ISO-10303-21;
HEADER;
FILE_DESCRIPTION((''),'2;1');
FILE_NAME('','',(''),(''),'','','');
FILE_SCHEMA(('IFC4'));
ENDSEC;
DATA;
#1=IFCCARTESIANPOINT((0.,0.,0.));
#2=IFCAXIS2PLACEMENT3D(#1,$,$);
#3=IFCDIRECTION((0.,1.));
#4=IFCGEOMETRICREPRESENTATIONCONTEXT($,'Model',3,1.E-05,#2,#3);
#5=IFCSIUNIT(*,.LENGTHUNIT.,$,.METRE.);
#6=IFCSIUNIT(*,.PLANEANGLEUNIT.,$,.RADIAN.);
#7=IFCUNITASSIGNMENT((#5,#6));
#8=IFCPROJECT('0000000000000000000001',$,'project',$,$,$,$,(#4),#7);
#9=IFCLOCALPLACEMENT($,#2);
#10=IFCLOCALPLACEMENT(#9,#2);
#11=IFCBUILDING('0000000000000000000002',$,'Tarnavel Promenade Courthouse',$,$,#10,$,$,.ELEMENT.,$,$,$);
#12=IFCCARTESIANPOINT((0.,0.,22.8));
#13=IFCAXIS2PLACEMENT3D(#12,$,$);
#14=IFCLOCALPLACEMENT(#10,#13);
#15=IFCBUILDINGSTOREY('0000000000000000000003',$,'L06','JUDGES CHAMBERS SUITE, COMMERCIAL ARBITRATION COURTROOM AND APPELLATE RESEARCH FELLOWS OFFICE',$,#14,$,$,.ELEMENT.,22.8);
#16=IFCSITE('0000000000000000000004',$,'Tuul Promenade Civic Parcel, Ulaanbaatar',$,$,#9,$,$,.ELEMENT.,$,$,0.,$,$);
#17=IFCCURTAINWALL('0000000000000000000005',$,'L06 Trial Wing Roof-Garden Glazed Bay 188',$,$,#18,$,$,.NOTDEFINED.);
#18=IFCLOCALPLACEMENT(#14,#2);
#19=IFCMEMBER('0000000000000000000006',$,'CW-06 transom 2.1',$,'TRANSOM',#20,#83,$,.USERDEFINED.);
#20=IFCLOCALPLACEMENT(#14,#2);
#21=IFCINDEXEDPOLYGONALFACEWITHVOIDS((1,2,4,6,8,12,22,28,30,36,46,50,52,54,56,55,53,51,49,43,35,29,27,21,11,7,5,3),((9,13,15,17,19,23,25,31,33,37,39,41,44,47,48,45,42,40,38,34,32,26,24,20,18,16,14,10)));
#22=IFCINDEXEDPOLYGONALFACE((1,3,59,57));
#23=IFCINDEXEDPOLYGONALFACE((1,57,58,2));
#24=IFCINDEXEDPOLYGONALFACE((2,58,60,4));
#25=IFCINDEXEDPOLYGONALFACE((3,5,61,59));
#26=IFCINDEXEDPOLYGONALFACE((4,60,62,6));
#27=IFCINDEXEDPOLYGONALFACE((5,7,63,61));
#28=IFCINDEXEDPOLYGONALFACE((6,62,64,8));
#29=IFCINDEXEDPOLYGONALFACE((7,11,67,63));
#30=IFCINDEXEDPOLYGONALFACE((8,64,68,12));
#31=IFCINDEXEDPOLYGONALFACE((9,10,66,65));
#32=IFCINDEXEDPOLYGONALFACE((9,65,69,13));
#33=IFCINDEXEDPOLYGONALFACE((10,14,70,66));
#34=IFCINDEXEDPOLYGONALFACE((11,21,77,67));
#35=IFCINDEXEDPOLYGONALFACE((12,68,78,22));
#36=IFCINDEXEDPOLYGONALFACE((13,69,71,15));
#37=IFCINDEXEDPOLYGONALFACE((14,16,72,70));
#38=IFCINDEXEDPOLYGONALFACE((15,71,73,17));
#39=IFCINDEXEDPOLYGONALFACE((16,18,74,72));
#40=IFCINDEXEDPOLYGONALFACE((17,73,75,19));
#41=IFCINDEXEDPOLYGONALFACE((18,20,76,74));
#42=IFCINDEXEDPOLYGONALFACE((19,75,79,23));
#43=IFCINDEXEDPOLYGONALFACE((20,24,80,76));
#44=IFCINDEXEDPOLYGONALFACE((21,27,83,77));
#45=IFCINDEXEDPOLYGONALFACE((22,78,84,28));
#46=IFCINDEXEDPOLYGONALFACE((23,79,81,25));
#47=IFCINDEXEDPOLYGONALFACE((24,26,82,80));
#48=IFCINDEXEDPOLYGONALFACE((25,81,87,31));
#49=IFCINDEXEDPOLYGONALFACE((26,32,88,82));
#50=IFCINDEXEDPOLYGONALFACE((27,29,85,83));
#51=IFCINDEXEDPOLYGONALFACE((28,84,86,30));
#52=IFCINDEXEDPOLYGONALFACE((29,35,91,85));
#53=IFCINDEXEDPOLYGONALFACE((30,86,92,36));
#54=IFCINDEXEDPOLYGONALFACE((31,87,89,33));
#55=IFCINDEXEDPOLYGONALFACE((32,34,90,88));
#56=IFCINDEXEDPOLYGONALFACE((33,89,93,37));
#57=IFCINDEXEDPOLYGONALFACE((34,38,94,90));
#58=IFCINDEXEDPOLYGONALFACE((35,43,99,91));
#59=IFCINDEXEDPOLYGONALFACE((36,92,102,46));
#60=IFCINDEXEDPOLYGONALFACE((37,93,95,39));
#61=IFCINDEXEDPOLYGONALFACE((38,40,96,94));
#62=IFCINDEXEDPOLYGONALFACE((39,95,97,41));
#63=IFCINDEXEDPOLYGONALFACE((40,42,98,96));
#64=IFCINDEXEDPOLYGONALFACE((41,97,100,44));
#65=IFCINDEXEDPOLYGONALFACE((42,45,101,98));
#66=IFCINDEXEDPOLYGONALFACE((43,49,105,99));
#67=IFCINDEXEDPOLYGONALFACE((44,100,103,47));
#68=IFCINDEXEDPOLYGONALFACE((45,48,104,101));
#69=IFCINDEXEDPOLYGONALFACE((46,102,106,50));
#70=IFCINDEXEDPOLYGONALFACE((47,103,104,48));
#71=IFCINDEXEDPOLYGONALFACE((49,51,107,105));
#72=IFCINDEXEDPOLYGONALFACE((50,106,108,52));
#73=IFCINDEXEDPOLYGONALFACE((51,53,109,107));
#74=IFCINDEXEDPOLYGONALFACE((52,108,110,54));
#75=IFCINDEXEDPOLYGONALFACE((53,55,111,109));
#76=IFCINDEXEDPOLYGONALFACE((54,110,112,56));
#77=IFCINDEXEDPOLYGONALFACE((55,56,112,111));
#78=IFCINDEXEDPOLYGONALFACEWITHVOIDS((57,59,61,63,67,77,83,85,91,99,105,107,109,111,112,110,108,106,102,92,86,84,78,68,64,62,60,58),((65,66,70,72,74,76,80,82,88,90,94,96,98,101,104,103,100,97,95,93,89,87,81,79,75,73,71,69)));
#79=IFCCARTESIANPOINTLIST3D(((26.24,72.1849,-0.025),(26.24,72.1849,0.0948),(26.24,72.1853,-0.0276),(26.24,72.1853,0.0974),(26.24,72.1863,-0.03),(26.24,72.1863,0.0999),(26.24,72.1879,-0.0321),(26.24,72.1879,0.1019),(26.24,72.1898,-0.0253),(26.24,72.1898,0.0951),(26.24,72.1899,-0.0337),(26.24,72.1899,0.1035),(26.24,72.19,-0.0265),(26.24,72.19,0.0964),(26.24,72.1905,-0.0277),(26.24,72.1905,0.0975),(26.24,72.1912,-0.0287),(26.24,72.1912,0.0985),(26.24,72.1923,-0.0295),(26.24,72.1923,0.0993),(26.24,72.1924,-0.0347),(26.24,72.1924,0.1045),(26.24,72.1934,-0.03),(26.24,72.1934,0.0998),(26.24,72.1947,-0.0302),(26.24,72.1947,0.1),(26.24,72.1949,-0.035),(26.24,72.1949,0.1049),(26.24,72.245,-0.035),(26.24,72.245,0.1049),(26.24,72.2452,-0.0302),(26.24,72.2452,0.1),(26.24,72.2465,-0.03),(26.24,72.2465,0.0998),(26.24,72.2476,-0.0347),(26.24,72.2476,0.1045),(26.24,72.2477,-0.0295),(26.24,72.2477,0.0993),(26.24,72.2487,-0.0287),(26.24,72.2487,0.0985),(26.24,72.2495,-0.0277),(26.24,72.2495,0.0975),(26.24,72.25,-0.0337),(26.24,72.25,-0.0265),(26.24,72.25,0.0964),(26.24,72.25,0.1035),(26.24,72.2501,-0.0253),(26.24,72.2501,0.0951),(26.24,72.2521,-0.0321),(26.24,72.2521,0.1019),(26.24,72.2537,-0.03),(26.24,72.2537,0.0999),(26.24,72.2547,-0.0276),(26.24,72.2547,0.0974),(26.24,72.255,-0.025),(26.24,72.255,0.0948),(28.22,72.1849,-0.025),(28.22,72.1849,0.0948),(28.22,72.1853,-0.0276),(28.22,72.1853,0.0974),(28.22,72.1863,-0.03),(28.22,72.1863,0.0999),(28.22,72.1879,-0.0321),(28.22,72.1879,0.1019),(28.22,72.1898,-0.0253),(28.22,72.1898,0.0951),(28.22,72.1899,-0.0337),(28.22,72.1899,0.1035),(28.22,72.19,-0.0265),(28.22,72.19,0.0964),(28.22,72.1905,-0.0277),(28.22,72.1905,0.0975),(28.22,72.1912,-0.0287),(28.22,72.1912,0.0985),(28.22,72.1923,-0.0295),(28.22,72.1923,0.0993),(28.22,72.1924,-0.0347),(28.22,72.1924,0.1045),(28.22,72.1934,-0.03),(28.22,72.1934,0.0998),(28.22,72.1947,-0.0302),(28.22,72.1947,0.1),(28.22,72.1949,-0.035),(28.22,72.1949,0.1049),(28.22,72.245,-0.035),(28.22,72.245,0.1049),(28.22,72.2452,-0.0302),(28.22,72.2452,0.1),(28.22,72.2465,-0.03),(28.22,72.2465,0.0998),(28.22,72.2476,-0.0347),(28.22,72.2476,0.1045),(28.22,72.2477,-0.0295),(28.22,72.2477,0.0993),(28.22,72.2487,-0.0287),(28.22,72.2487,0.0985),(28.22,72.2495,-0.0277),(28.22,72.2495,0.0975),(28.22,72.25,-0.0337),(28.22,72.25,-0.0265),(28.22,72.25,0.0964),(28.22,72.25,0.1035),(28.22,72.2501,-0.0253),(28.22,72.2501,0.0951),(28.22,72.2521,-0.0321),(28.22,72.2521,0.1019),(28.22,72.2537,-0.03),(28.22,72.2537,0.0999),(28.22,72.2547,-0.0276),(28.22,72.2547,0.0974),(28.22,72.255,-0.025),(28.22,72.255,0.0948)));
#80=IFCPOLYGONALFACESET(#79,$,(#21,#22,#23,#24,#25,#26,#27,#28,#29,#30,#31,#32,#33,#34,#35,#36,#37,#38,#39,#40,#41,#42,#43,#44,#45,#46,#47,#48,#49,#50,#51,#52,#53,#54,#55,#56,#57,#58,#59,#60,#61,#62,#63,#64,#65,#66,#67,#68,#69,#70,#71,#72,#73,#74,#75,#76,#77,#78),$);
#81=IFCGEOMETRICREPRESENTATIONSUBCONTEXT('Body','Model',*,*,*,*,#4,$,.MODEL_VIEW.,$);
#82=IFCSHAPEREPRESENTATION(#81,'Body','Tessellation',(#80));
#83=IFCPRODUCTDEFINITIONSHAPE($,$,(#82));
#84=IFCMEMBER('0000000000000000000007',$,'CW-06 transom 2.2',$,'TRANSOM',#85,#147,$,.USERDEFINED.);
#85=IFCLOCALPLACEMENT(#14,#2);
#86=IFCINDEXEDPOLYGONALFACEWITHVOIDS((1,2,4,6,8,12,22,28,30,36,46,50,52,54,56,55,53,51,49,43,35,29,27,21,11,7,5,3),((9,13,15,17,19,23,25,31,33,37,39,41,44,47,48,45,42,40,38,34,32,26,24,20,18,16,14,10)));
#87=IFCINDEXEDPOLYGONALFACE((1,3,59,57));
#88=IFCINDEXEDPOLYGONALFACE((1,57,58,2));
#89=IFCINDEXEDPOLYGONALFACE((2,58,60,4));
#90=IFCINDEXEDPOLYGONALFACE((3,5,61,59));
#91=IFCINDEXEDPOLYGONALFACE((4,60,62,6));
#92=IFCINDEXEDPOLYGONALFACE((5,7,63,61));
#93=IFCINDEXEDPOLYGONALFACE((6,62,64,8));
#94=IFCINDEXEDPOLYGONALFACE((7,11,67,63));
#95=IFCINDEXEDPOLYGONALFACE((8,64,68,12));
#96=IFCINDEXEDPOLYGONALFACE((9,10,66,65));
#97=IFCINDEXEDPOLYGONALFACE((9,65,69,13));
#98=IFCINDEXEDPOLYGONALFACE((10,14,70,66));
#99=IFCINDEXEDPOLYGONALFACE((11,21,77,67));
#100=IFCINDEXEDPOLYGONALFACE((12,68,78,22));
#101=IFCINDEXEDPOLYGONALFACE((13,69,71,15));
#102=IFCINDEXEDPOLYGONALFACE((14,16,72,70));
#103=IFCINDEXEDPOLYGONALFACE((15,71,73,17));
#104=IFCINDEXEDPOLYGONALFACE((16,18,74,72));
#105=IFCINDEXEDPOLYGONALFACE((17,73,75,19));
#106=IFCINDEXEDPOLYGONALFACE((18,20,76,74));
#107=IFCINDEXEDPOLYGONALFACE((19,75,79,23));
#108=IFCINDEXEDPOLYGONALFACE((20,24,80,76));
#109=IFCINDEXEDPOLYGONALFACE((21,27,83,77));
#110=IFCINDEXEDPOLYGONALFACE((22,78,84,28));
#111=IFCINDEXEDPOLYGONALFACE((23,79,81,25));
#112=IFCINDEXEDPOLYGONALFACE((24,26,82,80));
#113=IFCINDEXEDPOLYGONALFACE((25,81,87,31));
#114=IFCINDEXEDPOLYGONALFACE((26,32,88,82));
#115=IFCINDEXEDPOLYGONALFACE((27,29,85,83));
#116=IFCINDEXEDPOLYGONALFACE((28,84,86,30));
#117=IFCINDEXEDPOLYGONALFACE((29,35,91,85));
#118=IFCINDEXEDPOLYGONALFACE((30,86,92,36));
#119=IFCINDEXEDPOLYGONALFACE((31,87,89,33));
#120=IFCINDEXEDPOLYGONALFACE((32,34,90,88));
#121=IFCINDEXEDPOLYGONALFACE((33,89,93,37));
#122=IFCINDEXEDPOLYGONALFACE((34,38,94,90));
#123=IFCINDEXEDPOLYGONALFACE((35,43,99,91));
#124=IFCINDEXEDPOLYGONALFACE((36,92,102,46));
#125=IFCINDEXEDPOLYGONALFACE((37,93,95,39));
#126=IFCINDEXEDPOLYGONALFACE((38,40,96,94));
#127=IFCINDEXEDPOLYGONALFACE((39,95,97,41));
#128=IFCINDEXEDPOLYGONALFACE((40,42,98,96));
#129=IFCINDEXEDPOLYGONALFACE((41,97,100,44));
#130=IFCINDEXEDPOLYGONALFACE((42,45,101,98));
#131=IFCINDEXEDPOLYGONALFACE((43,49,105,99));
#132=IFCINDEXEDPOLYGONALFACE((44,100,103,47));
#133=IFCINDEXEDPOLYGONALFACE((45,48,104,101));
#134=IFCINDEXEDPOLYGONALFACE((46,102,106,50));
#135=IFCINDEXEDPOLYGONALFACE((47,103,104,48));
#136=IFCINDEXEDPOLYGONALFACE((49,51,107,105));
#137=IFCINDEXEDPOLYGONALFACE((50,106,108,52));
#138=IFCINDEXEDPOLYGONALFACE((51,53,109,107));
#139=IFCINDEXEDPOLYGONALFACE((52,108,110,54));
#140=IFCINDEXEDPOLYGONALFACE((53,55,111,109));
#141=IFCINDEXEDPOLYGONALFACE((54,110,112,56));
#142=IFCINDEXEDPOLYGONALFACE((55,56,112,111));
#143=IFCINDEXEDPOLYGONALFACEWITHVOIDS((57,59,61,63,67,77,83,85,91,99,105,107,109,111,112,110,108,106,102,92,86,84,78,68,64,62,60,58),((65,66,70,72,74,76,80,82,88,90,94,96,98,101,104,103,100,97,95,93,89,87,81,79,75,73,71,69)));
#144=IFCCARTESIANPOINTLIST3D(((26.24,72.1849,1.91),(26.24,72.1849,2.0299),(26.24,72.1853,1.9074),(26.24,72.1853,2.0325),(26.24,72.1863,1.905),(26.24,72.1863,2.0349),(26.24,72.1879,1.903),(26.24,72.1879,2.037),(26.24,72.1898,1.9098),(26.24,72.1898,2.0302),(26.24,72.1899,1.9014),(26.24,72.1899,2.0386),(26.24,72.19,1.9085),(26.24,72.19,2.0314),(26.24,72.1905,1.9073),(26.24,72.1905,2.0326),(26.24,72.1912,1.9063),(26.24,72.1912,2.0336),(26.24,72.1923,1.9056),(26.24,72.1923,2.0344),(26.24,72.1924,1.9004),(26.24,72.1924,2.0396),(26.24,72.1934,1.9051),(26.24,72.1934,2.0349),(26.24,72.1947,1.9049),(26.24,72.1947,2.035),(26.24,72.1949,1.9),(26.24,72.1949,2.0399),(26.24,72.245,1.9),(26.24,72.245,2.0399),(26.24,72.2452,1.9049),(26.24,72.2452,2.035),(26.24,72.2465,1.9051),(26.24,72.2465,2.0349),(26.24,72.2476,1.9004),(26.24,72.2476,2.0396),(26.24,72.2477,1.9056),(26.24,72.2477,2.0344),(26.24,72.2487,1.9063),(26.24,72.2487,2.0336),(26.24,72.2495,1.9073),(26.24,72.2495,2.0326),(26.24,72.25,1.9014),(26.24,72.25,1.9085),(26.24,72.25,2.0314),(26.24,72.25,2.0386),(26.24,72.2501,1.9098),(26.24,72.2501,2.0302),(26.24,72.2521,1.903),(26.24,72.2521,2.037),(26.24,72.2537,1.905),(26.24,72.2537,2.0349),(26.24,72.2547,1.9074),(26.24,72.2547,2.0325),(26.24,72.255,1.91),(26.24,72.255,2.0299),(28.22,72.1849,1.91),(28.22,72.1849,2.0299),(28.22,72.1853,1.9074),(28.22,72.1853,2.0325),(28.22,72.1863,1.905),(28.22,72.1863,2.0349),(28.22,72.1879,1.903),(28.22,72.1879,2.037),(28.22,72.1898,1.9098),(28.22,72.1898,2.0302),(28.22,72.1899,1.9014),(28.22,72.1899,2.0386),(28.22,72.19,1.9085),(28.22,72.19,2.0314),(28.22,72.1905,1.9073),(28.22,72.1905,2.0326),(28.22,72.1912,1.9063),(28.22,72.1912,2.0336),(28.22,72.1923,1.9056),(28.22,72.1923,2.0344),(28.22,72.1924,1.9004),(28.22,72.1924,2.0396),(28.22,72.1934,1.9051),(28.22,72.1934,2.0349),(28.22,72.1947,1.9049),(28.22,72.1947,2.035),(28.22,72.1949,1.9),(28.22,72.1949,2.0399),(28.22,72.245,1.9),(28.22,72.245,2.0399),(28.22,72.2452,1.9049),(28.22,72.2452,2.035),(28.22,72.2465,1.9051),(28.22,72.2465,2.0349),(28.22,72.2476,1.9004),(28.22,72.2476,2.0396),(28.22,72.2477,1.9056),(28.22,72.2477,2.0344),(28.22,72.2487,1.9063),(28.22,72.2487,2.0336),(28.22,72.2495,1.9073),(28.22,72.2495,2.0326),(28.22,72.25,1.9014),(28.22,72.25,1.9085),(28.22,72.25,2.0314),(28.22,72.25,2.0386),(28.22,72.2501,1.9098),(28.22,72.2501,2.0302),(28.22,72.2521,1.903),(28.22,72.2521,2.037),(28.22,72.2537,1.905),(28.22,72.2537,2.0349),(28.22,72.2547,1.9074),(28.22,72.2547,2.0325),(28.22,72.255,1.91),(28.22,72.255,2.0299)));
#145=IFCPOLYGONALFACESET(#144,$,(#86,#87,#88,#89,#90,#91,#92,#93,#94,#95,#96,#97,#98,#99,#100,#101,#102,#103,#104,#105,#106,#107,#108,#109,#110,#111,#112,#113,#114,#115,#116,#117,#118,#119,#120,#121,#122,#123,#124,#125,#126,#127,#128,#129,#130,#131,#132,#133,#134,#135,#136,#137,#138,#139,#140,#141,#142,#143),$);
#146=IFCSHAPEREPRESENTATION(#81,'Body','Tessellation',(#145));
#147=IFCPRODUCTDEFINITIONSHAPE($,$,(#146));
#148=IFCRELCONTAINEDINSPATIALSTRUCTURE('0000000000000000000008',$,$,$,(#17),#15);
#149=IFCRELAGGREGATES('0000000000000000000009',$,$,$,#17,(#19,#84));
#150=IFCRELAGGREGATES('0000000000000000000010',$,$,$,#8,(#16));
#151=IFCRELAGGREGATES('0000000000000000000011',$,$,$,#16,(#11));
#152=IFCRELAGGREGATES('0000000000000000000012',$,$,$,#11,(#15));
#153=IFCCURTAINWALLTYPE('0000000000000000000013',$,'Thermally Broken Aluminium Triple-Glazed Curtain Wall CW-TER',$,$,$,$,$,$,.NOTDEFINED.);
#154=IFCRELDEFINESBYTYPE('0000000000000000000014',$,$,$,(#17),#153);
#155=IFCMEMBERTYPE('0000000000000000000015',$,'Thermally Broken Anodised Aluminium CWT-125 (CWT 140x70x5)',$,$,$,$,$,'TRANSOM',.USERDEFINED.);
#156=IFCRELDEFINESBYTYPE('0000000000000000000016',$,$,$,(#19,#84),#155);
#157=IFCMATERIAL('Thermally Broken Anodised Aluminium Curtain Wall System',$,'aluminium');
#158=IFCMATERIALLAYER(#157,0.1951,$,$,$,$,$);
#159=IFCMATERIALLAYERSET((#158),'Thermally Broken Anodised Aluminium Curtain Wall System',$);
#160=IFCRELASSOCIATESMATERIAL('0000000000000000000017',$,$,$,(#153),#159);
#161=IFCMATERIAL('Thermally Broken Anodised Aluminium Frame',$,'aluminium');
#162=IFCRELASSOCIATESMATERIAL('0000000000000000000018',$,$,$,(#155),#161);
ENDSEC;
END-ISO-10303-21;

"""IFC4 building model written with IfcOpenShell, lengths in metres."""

from ifc_helpers import new_model, si_unit, direction, frame, origin, origin_2d, place, context, subcontext, project, spatial, hollow_rectangle, extrude, material, layer, layer_set, material_profile, profile_set, type_object, element, aggregate, save


model = new_model("IFC4")

# Units and contexts
model_context = context("Model", 3, precision=1e-05, world=origin(), true_north=direction((0.0, 1.0)))
body_context = subcontext(model_context, "Body", "Model", "MODEL_VIEW")
ifc_project = project(units=[si_unit("LENGTHUNIT", "METRE"), si_unit("PLANEANGLEUNIT", "RADIAN")], contexts=[model_context])

# Site, building, storey
site_placement = place(None, origin())
site = spatial("IfcSite", under=ifc_project, at=site_placement, Name="Tuul Promenade Civic Parcel, Ulaanbaatar", CompositionType="ELEMENT", RefElevation=0.0)
building_placement = place(site_placement, origin())
building = spatial("IfcBuilding", under=site, at=building_placement, Name="Tarnavel Promenade Courthouse", CompositionType="ELEMENT")
storey_placement = place(building_placement, frame((0.0, 0.0, 22.8)))
storey = spatial("IfcBuildingStorey", under=building, at=storey_placement, Name="L06", Description="JUDGES CHAMBERS SUITE, COMMERCIAL ARBITRATION COURTROOM AND APPELLATE RESEARCH FELLOWS OFFICE", CompositionType="ELEMENT", Elevation=22.8)

# Shared definitions
ifc_material_1 = material(Name="Thermally Broken Anodised Aluminium Curtain Wall System", Category="aluminium")
ifc_layer_1 = layer(ifc_material_1, 0.1951)
ifc_layer_set_1 = layer_set([ifc_layer_1], Name="Thermally Broken Anodised Aluminium Curtain Wall System")
curtain_wall_type = type_object("IfcCurtainWallType", Name="Thermally Broken Aluminium Triple-Glazed Curtain Wall CW-TER", PredefinedType="NOTDEFINED", material=ifc_layer_set_1)
ifc_material_2 = material(Name="Thermally Broken Anodised Aluminium Frame", Category="aluminium")

# Curtain wall
curtain_wall_1_placement = place(storey_placement, origin())
curtain_wall_1 = element("IfcCurtainWall", 1, at=curtain_wall_1_placement, inside=storey, type_object=curtain_wall_type, Name="L06 Trial Wing Roof-Garden Glazed Bay 188", PredefinedType="NOTDEFINED")

# Members
ifc_material_profile_1 = material_profile(ifc_material_2, hollow_rectangle(XDim=0.0701, YDim=0.1399, WallThickness=0.0049, InnerFilletRadius=0.0049, OuterFilletRadius=0.01, at=origin_2d()), Name="CWT 140x70x5")
ifc_profile_set_1 = profile_set([ifc_material_profile_1], Name="Thermally Broken Anodised Aluminium Frame")
member_type_1 = type_object("IfcMemberType", Name="Thermally Broken Anodised Aluminium CWT-125 (CWT 140x70x5)", ElementType="TRANSOM", PredefinedType="USERDEFINED", material=ifc_profile_set_1)
member_1_placement = place(storey_placement, frame((26.24, 72.22, 0.0349), z_axis=(1.0, 0.0, 0.0), x_axis=(0.0, 1.0, 0.0)))
member_1 = element("IfcMember", 2, at=member_1_placement, type_object=member_type_1, Name="CW-06 transom 2.1", ObjectType="TRANSOM", PredefinedType="USERDEFINED", context=body_context, shape_type="SweptSolid", body=[
    extrude(hollow_rectangle(XDim=0.0701, YDim=0.1399, WallThickness=0.0049, InnerFilletRadius=0.0049, OuterFilletRadius=0.01, at=origin_2d()), origin(), (0.0, 0.0, 1.0), 1.98),
])
member_2_placement = place(storey_placement, frame((26.24, 72.22, 1.97), z_axis=(1.0, 0.0, 0.0), x_axis=(0.0, 1.0, 0.0)))
member_2 = element("IfcMember", 3, at=member_2_placement, type_object=member_type_1, Name="CW-06 transom 2.2", ObjectType="TRANSOM", PredefinedType="USERDEFINED", context=body_context, shape_type="SweptSolid", body=[
    extrude(hollow_rectangle(XDim=0.0701, YDim=0.1399, WallThickness=0.0049, InnerFilletRadius=0.0049, OuterFilletRadius=0.01, at=origin_2d()), origin(), (0.0, 0.0, 1.0), 1.98),
])

aggregate(curtain_wall_1, [member_1, member_2])

save(model, "model.ifc")
